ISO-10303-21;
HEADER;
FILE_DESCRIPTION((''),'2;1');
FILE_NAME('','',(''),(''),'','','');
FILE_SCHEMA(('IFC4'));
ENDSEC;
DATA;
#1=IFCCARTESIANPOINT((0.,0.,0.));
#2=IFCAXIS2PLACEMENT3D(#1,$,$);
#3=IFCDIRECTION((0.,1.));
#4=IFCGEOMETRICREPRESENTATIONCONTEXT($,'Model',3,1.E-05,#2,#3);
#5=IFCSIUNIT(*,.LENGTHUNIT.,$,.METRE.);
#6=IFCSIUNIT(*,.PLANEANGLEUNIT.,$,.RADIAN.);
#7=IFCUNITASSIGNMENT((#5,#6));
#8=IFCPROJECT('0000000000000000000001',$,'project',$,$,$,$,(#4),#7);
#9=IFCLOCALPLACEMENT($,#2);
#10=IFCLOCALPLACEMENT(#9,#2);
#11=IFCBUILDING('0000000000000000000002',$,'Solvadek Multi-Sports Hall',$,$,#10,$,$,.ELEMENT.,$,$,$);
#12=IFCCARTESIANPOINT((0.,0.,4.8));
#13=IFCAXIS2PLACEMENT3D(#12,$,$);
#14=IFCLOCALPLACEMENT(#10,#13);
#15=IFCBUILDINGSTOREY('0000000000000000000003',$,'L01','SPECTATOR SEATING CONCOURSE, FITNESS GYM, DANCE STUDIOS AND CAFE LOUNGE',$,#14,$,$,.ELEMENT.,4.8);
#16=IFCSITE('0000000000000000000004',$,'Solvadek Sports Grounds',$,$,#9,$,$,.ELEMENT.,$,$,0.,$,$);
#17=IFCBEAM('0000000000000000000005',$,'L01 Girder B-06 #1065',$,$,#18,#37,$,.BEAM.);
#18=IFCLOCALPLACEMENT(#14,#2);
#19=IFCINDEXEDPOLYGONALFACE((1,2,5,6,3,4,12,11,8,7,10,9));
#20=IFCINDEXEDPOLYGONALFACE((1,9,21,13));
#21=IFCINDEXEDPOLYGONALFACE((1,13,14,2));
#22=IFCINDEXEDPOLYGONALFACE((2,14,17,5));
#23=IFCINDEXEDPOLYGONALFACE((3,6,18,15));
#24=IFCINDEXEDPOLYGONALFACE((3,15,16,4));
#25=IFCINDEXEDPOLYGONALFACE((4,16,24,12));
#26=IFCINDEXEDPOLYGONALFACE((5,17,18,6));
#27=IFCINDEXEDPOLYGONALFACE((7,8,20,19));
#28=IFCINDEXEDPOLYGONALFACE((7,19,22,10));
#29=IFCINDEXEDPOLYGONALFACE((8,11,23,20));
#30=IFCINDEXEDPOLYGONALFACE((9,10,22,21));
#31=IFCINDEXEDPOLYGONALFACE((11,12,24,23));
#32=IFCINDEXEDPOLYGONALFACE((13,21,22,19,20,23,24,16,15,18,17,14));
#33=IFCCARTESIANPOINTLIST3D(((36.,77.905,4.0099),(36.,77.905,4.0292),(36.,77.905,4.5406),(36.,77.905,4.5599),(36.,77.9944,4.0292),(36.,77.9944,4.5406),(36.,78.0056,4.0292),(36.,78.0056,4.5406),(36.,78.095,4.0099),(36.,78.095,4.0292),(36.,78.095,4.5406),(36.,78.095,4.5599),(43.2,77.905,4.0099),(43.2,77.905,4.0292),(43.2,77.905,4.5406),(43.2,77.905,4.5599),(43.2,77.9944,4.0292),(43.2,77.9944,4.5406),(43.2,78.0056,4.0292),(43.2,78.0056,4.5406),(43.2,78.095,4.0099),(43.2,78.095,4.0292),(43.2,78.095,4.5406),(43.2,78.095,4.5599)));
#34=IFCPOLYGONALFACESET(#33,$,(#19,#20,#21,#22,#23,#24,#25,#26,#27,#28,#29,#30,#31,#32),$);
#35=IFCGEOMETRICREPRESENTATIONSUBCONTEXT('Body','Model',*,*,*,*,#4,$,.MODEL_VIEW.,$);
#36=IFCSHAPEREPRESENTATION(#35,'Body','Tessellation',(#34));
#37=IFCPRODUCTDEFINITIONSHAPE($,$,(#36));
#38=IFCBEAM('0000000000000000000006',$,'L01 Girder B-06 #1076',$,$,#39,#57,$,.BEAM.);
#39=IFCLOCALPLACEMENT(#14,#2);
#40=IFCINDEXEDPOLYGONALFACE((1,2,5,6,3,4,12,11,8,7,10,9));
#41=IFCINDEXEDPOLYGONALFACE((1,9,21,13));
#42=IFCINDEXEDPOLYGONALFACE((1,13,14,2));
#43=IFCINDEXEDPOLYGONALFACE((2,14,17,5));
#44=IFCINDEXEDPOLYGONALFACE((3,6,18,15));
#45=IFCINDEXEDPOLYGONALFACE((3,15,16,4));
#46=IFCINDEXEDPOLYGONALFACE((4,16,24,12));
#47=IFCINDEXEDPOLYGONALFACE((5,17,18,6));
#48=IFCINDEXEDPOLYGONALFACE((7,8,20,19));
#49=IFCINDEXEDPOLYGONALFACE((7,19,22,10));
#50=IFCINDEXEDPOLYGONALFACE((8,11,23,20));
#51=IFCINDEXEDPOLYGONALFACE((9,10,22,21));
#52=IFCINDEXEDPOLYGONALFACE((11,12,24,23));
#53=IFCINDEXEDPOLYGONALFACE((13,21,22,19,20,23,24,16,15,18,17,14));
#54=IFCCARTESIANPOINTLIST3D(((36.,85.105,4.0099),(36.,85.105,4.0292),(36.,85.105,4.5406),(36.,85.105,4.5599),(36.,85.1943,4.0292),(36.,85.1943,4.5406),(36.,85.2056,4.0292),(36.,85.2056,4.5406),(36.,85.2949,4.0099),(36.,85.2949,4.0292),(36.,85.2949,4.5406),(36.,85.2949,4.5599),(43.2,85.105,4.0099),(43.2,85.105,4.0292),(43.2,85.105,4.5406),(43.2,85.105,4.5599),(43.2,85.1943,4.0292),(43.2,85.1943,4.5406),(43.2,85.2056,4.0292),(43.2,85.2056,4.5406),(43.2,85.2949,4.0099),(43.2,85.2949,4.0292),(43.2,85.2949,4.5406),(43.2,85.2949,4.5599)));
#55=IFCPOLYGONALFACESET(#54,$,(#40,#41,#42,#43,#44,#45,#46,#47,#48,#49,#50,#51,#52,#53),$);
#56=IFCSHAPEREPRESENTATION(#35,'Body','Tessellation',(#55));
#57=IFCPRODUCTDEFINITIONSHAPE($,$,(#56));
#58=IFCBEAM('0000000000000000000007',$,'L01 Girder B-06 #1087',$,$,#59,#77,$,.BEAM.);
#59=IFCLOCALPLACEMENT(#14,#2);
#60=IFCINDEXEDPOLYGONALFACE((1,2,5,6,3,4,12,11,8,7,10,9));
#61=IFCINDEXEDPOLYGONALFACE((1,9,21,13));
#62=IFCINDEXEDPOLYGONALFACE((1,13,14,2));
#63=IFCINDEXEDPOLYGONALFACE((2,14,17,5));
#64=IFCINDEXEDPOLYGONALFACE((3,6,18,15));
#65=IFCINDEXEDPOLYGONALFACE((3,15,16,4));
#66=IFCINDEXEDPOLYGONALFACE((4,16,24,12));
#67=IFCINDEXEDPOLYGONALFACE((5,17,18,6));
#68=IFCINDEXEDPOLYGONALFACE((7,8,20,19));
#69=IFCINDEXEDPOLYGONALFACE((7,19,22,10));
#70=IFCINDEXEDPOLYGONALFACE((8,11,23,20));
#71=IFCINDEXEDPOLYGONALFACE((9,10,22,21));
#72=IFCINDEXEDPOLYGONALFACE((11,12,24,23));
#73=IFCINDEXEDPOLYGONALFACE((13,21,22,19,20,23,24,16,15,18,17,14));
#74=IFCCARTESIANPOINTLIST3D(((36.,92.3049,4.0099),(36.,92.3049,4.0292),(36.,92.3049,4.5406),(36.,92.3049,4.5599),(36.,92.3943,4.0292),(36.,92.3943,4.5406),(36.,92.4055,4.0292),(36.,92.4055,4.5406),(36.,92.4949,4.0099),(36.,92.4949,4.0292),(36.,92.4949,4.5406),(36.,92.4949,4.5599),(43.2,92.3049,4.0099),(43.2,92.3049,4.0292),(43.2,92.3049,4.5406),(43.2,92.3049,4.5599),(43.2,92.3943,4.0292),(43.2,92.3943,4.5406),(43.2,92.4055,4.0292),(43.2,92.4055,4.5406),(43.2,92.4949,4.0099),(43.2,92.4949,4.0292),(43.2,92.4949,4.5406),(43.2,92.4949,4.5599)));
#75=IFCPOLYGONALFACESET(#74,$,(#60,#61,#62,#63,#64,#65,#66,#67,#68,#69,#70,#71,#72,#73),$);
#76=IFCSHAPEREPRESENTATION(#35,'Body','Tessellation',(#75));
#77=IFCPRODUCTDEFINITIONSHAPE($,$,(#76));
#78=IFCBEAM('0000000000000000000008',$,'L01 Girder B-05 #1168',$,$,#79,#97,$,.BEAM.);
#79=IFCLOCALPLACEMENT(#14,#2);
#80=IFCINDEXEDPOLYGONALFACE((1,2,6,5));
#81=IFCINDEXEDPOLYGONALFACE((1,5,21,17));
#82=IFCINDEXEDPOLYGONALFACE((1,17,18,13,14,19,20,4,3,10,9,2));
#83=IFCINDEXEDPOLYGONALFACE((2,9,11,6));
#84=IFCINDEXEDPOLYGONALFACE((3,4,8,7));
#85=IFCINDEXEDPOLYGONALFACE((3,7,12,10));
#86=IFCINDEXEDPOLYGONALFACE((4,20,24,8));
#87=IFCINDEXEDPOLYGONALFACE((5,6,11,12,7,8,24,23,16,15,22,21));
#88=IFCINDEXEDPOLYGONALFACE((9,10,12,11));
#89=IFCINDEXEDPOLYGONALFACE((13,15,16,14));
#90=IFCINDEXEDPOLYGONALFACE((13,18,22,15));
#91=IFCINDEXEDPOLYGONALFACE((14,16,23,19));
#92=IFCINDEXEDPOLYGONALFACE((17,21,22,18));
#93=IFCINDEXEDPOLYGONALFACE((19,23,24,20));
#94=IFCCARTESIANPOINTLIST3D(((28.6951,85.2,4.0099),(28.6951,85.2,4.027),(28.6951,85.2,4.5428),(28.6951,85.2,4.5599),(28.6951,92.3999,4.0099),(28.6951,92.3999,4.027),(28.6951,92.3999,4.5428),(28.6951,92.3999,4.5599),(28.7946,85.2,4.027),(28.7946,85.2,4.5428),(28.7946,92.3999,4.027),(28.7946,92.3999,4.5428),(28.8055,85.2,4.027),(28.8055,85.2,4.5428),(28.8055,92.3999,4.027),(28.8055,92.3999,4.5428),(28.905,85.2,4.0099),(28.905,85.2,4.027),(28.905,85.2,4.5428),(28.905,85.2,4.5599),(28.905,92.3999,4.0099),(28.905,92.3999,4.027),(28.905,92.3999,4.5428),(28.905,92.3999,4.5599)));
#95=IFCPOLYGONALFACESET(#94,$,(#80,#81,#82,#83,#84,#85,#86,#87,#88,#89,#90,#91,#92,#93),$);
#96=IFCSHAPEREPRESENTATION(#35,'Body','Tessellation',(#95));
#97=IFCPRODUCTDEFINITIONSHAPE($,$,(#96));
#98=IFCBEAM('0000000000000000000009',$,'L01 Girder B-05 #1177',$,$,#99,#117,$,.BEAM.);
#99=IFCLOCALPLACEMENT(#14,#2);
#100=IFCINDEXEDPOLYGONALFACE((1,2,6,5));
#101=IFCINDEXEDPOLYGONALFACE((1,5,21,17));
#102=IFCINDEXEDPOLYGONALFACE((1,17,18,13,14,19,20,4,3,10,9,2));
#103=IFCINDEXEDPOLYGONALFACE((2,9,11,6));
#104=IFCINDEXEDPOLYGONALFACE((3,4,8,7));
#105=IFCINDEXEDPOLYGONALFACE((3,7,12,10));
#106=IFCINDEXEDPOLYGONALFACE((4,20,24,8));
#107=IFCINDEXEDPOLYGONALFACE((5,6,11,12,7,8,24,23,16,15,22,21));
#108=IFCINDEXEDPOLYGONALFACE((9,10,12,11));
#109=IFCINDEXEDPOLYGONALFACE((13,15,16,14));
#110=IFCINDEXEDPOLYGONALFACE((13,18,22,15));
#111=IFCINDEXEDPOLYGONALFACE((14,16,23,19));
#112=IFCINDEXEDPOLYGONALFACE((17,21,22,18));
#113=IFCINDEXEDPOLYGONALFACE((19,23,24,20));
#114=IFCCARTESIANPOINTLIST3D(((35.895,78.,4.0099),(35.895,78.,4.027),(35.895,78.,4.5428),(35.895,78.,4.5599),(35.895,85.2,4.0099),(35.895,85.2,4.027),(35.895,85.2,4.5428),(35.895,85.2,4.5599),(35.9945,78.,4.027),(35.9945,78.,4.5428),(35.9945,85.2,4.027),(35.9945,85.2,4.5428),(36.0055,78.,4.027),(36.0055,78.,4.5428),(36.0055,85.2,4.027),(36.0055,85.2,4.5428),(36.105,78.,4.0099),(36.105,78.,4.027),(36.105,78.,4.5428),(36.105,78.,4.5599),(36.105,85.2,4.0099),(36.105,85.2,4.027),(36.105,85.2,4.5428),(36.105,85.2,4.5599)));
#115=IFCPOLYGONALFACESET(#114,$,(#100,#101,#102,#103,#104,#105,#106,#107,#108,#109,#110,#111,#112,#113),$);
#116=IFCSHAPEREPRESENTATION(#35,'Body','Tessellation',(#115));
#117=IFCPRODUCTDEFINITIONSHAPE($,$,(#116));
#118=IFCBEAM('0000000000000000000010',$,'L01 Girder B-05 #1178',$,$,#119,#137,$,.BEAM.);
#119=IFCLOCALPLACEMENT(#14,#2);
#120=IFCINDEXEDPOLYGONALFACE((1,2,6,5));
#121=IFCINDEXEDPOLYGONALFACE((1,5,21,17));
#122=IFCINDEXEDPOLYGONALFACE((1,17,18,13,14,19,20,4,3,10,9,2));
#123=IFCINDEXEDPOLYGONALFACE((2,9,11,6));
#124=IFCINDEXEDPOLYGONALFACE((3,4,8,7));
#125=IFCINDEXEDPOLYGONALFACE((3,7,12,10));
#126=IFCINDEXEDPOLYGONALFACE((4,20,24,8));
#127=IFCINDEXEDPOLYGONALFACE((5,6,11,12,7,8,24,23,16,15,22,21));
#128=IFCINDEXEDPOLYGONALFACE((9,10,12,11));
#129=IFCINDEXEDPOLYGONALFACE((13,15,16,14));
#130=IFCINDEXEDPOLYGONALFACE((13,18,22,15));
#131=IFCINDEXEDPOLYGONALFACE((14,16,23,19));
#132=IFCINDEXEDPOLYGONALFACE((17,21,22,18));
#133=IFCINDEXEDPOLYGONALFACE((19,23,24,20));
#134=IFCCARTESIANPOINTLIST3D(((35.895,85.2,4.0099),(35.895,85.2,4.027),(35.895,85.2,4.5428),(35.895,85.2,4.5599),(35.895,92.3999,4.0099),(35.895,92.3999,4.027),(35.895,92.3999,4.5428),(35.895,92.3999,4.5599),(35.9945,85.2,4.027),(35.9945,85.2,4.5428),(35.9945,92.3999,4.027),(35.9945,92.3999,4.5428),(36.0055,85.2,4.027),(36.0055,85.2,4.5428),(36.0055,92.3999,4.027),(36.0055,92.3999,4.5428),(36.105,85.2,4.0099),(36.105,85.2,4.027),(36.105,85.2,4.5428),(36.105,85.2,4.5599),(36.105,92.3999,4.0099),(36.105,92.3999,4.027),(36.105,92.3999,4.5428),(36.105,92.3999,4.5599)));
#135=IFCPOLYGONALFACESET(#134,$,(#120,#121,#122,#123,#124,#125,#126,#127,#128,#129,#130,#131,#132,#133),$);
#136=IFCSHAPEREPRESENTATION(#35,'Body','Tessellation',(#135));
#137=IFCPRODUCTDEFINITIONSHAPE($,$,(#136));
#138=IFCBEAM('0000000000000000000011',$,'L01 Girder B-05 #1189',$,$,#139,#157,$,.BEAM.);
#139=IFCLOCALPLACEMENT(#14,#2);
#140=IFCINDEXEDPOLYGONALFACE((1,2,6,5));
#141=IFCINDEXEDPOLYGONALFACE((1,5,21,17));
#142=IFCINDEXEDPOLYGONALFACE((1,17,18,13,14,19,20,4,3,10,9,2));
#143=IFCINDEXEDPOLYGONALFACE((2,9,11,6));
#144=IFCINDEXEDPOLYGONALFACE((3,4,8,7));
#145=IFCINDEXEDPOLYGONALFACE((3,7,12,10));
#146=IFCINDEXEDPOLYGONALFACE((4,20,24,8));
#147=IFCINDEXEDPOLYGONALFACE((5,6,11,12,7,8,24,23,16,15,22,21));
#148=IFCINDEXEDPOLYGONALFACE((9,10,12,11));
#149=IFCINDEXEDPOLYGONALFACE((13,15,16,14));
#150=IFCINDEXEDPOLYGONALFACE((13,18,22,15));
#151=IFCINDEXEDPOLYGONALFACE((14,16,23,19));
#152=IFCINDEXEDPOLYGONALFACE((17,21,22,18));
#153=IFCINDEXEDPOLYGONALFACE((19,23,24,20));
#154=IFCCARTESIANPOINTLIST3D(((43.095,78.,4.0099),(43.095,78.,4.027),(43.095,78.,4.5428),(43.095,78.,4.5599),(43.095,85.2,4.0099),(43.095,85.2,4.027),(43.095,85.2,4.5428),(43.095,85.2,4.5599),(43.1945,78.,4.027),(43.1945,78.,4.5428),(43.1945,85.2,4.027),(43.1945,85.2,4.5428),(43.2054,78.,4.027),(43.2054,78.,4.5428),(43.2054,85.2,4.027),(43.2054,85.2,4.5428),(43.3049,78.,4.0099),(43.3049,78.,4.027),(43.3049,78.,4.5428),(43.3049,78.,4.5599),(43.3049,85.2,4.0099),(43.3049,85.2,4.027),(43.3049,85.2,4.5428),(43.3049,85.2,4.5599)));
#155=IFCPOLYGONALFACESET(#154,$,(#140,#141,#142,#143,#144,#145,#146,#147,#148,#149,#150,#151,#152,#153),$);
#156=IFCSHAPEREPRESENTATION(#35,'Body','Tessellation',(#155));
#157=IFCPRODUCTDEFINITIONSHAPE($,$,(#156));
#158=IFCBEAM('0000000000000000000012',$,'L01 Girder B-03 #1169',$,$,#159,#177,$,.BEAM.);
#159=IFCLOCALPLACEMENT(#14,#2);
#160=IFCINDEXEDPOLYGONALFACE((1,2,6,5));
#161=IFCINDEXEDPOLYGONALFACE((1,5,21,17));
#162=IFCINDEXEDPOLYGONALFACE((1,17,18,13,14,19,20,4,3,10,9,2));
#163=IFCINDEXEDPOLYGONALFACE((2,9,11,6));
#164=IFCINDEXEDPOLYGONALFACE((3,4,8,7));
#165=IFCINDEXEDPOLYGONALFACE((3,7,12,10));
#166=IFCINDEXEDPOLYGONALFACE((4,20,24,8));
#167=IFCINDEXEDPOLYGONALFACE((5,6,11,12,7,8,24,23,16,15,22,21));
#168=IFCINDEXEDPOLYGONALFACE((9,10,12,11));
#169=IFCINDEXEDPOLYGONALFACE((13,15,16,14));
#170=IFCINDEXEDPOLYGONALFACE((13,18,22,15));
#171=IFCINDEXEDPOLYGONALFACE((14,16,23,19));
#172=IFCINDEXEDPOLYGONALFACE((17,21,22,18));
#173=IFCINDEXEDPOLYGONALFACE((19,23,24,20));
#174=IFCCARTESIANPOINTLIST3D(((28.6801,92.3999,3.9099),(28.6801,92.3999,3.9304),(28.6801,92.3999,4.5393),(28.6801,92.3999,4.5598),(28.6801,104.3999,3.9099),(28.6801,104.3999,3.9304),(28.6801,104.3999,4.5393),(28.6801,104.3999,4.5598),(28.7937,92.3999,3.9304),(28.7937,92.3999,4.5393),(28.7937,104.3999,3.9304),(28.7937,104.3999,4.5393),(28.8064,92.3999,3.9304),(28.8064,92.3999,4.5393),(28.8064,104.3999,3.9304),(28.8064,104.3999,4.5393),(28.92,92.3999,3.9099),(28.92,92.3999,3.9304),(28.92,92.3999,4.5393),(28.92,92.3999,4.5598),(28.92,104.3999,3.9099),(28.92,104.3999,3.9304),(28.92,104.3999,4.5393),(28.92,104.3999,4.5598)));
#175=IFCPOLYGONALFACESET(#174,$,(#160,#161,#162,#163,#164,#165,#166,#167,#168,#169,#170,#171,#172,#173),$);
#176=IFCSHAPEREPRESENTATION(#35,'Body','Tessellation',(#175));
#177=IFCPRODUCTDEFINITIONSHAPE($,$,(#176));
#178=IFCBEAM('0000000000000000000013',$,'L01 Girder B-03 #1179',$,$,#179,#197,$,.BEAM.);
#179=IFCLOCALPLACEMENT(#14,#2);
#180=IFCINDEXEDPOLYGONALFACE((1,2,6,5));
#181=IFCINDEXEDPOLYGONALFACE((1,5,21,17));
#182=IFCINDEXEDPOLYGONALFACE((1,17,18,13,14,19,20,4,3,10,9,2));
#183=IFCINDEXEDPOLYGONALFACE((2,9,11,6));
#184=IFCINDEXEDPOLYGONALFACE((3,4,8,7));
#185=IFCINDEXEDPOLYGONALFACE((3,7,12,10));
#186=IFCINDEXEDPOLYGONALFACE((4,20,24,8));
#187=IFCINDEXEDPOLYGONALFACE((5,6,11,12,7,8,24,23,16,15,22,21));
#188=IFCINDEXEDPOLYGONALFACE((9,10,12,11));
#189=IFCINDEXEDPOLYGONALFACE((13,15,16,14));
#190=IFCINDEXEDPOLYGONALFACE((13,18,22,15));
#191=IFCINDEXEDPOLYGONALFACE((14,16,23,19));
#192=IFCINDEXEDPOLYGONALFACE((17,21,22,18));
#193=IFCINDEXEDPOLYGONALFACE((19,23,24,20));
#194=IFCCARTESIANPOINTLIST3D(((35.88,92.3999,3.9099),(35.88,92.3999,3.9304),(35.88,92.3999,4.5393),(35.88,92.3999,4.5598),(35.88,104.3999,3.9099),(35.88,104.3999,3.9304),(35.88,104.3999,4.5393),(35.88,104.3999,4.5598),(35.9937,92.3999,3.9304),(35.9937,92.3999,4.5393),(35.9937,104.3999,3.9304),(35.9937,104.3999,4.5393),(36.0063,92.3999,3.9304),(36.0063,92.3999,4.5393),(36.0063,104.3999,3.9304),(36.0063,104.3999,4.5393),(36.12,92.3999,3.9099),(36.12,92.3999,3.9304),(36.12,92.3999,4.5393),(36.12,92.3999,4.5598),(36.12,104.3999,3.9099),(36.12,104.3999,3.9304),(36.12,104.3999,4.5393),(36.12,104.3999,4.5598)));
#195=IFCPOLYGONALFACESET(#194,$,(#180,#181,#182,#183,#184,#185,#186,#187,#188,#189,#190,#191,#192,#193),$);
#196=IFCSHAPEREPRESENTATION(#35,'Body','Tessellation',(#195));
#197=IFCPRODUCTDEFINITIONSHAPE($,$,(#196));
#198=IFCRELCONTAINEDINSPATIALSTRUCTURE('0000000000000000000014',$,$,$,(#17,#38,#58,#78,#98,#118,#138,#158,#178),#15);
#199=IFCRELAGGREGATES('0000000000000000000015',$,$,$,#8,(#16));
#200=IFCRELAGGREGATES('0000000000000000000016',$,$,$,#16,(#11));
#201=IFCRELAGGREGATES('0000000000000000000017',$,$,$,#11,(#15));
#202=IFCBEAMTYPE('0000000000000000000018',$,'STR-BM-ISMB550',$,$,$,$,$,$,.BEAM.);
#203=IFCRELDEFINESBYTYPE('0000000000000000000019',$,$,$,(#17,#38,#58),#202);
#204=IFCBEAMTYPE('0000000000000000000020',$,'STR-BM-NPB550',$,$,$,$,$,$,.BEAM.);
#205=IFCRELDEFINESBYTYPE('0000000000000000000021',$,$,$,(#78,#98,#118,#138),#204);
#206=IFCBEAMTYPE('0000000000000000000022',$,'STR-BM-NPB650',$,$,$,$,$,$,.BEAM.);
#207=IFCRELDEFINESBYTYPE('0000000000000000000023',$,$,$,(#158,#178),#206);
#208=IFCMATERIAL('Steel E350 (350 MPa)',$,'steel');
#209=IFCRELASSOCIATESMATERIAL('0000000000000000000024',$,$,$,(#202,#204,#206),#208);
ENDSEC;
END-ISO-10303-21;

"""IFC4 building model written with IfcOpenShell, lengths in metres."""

from ifc_helpers import new_model, si_unit, direction, frame, origin, origin_2d, place, context, subcontext, project, spatial, i_section, extrude, material, material_profile, profile_set, type_object, element, save


model = new_model("IFC4")

# Units and contexts
model_context = context("Model", 3, precision=1e-05, world=origin(), true_north=direction((0.0, 1.0)))
body_context = subcontext(model_context, "Body", "Model", "MODEL_VIEW")
ifc_project = project(units=[si_unit("LENGTHUNIT", "METRE"), si_unit("PLANEANGLEUNIT", "RADIAN")], contexts=[model_context])

# Site, building, storey
site_placement = place(None, origin())
site = spatial("IfcSite", under=ifc_project, at=site_placement, Name="Solvadek Sports Grounds", CompositionType="ELEMENT", RefElevation=0.0)
building_placement = place(site_placement, origin())
building = spatial("IfcBuilding", under=site, at=building_placement, Name="Solvadek Multi-Sports Hall", CompositionType="ELEMENT")
storey_placement = place(building_placement, frame((0.0, 0.0, 4.8)))
storey = spatial("IfcBuildingStorey", under=building, at=storey_placement, Name="L01", Description="SPECTATOR SEATING CONCOURSE, FITNESS GYM, DANCE STUDIOS AND CAFE LOUNGE", CompositionType="ELEMENT", Elevation=4.8)

# Shared definitions
ifc_material_1 = material(Name="Steel E350 (350 MPa)", Category="steel")

# Beams
ifc_material_profile_1 = material_profile(ifc_material_1, i_section(OverallWidth=0.1899, OverallDepth=0.55, WebThickness=0.0112, FlangeThickness=0.0193, at=origin_2d()), Name="ISMB 550")
ifc_profile_set_1 = profile_set([ifc_material_profile_1], Name="Steel E350 (350 MPa)")
beam_type_1 = type_object("IfcBeamType", Name="STR-BM-ISMB550", PredefinedType="BEAM", material=ifc_profile_set_1)
for number, where, z_axis, x_axis, name in (
    (1, (36.0, 78.0, 4.2849), (1.0, 0.0, 0.0), (0.0, 1.0, 0.0), "L01 Girder B-06 #1065"),
    (2, (36.0, 85.2, 4.2849), (1.0, 0.0, 0.0), (0.0, 1.0, 0.0), "L01 Girder B-06 #1076"),
    (3, (36.0, 92.3999, 4.2849), (1.0, 0.0, 0.0), (0.0, 1.0, 0.0), "L01 Girder B-06 #1087"),
):
    element("IfcBeam", number, at=place(storey_placement, frame(where, z_axis=z_axis, x_axis=x_axis)), inside=storey, type_object=beam_type_1, Name=name, PredefinedType="BEAM", context=body_context, shape_type="SweptSolid", body=[
        extrude(i_section(OverallWidth=0.1899, OverallDepth=0.55, WebThickness=0.0112, FlangeThickness=0.0193, at=origin_2d()), origin(), (0.0, 0.0, 1.0), 7.2),
    ])
ifc_material_profile_2 = material_profile(ifc_material_1, i_section(OverallWidth=0.21, OverallDepth=0.55, WebThickness=0.011, FlangeThickness=0.0171, at=origin_2d()), Name="NPB 550")
ifc_profile_set_2 = profile_set([ifc_material_profile_2], Name="Steel E350 (350 MPa)")
beam_type_2 = type_object("IfcBeamType", Name="STR-BM-NPB550", PredefinedType="BEAM", material=ifc_profile_set_2)
for number, where, z_axis, x_axis, name in (
    (4, (28.8, 85.2, 4.2849), (0.0, 1.0, 0.0), (-1.0, 0.0, 0.0), "L01 Girder B-05 #1168"),
    (5, (36.0, 78.0, 4.2849), (0.0, 1.0, 0.0), (-1.0, 0.0, 0.0), "L01 Girder B-05 #1177"),
    (6, (36.0, 85.2, 4.2849), (0.0, 1.0, 0.0), (-1.0, 0.0, 0.0), "L01 Girder B-05 #1178"),
    (7, (43.2, 78.0, 4.2849), (0.0, 1.0, 0.0), (-1.0, 0.0, 0.0), "L01 Girder B-05 #1189"),
):
    element("IfcBeam", number, at=place(storey_placement, frame(where, z_axis=z_axis, x_axis=x_axis)), inside=storey, type_object=beam_type_2, Name=name, PredefinedType="BEAM", context=body_context, shape_type="SweptSolid", body=[
        extrude(i_section(OverallWidth=0.21, OverallDepth=0.55, WebThickness=0.011, FlangeThickness=0.0171, at=origin_2d()), origin(), (0.0, 0.0, 1.0), 7.2),
    ])
ifc_material_profile_3 = material_profile(ifc_material_1, i_section(OverallWidth=0.24, OverallDepth=0.6499, WebThickness=0.0127, FlangeThickness=0.0205, at=origin_2d()), Name="NPB 650")
ifc_profile_set_3 = profile_set([ifc_material_profile_3], Name="Steel E350 (350 MPa)")
beam_type_3 = type_object("IfcBeamType", Name="STR-BM-NPB650", PredefinedType="BEAM", material=ifc_profile_set_3)
for number, where, z_axis, x_axis, name in (
    (8, (28.8, 92.3999, 4.2349), (0.0, 1.0, 0.0), (-1.0, 0.0, 0.0), "L01 Girder B-03 #1169"),
    (9, (36.0, 92.3999, 4.2349), (0.0, 1.0, 0.0), (-1.0, 0.0, 0.0), "L01 Girder B-03 #1179"),
):
    element("IfcBeam", number, at=place(storey_placement, frame(where, z_axis=z_axis, x_axis=x_axis)), inside=storey, type_object=beam_type_3, Name=name, PredefinedType="BEAM", context=body_context, shape_type="SweptSolid", body=[
        extrude(i_section(OverallWidth=0.24, OverallDepth=0.6499, WebThickness=0.0127, FlangeThickness=0.0205, at=origin_2d()), origin(), (0.0, 0.0, 1.0), 12.0),
    ])

save(model, "model.ifc")
